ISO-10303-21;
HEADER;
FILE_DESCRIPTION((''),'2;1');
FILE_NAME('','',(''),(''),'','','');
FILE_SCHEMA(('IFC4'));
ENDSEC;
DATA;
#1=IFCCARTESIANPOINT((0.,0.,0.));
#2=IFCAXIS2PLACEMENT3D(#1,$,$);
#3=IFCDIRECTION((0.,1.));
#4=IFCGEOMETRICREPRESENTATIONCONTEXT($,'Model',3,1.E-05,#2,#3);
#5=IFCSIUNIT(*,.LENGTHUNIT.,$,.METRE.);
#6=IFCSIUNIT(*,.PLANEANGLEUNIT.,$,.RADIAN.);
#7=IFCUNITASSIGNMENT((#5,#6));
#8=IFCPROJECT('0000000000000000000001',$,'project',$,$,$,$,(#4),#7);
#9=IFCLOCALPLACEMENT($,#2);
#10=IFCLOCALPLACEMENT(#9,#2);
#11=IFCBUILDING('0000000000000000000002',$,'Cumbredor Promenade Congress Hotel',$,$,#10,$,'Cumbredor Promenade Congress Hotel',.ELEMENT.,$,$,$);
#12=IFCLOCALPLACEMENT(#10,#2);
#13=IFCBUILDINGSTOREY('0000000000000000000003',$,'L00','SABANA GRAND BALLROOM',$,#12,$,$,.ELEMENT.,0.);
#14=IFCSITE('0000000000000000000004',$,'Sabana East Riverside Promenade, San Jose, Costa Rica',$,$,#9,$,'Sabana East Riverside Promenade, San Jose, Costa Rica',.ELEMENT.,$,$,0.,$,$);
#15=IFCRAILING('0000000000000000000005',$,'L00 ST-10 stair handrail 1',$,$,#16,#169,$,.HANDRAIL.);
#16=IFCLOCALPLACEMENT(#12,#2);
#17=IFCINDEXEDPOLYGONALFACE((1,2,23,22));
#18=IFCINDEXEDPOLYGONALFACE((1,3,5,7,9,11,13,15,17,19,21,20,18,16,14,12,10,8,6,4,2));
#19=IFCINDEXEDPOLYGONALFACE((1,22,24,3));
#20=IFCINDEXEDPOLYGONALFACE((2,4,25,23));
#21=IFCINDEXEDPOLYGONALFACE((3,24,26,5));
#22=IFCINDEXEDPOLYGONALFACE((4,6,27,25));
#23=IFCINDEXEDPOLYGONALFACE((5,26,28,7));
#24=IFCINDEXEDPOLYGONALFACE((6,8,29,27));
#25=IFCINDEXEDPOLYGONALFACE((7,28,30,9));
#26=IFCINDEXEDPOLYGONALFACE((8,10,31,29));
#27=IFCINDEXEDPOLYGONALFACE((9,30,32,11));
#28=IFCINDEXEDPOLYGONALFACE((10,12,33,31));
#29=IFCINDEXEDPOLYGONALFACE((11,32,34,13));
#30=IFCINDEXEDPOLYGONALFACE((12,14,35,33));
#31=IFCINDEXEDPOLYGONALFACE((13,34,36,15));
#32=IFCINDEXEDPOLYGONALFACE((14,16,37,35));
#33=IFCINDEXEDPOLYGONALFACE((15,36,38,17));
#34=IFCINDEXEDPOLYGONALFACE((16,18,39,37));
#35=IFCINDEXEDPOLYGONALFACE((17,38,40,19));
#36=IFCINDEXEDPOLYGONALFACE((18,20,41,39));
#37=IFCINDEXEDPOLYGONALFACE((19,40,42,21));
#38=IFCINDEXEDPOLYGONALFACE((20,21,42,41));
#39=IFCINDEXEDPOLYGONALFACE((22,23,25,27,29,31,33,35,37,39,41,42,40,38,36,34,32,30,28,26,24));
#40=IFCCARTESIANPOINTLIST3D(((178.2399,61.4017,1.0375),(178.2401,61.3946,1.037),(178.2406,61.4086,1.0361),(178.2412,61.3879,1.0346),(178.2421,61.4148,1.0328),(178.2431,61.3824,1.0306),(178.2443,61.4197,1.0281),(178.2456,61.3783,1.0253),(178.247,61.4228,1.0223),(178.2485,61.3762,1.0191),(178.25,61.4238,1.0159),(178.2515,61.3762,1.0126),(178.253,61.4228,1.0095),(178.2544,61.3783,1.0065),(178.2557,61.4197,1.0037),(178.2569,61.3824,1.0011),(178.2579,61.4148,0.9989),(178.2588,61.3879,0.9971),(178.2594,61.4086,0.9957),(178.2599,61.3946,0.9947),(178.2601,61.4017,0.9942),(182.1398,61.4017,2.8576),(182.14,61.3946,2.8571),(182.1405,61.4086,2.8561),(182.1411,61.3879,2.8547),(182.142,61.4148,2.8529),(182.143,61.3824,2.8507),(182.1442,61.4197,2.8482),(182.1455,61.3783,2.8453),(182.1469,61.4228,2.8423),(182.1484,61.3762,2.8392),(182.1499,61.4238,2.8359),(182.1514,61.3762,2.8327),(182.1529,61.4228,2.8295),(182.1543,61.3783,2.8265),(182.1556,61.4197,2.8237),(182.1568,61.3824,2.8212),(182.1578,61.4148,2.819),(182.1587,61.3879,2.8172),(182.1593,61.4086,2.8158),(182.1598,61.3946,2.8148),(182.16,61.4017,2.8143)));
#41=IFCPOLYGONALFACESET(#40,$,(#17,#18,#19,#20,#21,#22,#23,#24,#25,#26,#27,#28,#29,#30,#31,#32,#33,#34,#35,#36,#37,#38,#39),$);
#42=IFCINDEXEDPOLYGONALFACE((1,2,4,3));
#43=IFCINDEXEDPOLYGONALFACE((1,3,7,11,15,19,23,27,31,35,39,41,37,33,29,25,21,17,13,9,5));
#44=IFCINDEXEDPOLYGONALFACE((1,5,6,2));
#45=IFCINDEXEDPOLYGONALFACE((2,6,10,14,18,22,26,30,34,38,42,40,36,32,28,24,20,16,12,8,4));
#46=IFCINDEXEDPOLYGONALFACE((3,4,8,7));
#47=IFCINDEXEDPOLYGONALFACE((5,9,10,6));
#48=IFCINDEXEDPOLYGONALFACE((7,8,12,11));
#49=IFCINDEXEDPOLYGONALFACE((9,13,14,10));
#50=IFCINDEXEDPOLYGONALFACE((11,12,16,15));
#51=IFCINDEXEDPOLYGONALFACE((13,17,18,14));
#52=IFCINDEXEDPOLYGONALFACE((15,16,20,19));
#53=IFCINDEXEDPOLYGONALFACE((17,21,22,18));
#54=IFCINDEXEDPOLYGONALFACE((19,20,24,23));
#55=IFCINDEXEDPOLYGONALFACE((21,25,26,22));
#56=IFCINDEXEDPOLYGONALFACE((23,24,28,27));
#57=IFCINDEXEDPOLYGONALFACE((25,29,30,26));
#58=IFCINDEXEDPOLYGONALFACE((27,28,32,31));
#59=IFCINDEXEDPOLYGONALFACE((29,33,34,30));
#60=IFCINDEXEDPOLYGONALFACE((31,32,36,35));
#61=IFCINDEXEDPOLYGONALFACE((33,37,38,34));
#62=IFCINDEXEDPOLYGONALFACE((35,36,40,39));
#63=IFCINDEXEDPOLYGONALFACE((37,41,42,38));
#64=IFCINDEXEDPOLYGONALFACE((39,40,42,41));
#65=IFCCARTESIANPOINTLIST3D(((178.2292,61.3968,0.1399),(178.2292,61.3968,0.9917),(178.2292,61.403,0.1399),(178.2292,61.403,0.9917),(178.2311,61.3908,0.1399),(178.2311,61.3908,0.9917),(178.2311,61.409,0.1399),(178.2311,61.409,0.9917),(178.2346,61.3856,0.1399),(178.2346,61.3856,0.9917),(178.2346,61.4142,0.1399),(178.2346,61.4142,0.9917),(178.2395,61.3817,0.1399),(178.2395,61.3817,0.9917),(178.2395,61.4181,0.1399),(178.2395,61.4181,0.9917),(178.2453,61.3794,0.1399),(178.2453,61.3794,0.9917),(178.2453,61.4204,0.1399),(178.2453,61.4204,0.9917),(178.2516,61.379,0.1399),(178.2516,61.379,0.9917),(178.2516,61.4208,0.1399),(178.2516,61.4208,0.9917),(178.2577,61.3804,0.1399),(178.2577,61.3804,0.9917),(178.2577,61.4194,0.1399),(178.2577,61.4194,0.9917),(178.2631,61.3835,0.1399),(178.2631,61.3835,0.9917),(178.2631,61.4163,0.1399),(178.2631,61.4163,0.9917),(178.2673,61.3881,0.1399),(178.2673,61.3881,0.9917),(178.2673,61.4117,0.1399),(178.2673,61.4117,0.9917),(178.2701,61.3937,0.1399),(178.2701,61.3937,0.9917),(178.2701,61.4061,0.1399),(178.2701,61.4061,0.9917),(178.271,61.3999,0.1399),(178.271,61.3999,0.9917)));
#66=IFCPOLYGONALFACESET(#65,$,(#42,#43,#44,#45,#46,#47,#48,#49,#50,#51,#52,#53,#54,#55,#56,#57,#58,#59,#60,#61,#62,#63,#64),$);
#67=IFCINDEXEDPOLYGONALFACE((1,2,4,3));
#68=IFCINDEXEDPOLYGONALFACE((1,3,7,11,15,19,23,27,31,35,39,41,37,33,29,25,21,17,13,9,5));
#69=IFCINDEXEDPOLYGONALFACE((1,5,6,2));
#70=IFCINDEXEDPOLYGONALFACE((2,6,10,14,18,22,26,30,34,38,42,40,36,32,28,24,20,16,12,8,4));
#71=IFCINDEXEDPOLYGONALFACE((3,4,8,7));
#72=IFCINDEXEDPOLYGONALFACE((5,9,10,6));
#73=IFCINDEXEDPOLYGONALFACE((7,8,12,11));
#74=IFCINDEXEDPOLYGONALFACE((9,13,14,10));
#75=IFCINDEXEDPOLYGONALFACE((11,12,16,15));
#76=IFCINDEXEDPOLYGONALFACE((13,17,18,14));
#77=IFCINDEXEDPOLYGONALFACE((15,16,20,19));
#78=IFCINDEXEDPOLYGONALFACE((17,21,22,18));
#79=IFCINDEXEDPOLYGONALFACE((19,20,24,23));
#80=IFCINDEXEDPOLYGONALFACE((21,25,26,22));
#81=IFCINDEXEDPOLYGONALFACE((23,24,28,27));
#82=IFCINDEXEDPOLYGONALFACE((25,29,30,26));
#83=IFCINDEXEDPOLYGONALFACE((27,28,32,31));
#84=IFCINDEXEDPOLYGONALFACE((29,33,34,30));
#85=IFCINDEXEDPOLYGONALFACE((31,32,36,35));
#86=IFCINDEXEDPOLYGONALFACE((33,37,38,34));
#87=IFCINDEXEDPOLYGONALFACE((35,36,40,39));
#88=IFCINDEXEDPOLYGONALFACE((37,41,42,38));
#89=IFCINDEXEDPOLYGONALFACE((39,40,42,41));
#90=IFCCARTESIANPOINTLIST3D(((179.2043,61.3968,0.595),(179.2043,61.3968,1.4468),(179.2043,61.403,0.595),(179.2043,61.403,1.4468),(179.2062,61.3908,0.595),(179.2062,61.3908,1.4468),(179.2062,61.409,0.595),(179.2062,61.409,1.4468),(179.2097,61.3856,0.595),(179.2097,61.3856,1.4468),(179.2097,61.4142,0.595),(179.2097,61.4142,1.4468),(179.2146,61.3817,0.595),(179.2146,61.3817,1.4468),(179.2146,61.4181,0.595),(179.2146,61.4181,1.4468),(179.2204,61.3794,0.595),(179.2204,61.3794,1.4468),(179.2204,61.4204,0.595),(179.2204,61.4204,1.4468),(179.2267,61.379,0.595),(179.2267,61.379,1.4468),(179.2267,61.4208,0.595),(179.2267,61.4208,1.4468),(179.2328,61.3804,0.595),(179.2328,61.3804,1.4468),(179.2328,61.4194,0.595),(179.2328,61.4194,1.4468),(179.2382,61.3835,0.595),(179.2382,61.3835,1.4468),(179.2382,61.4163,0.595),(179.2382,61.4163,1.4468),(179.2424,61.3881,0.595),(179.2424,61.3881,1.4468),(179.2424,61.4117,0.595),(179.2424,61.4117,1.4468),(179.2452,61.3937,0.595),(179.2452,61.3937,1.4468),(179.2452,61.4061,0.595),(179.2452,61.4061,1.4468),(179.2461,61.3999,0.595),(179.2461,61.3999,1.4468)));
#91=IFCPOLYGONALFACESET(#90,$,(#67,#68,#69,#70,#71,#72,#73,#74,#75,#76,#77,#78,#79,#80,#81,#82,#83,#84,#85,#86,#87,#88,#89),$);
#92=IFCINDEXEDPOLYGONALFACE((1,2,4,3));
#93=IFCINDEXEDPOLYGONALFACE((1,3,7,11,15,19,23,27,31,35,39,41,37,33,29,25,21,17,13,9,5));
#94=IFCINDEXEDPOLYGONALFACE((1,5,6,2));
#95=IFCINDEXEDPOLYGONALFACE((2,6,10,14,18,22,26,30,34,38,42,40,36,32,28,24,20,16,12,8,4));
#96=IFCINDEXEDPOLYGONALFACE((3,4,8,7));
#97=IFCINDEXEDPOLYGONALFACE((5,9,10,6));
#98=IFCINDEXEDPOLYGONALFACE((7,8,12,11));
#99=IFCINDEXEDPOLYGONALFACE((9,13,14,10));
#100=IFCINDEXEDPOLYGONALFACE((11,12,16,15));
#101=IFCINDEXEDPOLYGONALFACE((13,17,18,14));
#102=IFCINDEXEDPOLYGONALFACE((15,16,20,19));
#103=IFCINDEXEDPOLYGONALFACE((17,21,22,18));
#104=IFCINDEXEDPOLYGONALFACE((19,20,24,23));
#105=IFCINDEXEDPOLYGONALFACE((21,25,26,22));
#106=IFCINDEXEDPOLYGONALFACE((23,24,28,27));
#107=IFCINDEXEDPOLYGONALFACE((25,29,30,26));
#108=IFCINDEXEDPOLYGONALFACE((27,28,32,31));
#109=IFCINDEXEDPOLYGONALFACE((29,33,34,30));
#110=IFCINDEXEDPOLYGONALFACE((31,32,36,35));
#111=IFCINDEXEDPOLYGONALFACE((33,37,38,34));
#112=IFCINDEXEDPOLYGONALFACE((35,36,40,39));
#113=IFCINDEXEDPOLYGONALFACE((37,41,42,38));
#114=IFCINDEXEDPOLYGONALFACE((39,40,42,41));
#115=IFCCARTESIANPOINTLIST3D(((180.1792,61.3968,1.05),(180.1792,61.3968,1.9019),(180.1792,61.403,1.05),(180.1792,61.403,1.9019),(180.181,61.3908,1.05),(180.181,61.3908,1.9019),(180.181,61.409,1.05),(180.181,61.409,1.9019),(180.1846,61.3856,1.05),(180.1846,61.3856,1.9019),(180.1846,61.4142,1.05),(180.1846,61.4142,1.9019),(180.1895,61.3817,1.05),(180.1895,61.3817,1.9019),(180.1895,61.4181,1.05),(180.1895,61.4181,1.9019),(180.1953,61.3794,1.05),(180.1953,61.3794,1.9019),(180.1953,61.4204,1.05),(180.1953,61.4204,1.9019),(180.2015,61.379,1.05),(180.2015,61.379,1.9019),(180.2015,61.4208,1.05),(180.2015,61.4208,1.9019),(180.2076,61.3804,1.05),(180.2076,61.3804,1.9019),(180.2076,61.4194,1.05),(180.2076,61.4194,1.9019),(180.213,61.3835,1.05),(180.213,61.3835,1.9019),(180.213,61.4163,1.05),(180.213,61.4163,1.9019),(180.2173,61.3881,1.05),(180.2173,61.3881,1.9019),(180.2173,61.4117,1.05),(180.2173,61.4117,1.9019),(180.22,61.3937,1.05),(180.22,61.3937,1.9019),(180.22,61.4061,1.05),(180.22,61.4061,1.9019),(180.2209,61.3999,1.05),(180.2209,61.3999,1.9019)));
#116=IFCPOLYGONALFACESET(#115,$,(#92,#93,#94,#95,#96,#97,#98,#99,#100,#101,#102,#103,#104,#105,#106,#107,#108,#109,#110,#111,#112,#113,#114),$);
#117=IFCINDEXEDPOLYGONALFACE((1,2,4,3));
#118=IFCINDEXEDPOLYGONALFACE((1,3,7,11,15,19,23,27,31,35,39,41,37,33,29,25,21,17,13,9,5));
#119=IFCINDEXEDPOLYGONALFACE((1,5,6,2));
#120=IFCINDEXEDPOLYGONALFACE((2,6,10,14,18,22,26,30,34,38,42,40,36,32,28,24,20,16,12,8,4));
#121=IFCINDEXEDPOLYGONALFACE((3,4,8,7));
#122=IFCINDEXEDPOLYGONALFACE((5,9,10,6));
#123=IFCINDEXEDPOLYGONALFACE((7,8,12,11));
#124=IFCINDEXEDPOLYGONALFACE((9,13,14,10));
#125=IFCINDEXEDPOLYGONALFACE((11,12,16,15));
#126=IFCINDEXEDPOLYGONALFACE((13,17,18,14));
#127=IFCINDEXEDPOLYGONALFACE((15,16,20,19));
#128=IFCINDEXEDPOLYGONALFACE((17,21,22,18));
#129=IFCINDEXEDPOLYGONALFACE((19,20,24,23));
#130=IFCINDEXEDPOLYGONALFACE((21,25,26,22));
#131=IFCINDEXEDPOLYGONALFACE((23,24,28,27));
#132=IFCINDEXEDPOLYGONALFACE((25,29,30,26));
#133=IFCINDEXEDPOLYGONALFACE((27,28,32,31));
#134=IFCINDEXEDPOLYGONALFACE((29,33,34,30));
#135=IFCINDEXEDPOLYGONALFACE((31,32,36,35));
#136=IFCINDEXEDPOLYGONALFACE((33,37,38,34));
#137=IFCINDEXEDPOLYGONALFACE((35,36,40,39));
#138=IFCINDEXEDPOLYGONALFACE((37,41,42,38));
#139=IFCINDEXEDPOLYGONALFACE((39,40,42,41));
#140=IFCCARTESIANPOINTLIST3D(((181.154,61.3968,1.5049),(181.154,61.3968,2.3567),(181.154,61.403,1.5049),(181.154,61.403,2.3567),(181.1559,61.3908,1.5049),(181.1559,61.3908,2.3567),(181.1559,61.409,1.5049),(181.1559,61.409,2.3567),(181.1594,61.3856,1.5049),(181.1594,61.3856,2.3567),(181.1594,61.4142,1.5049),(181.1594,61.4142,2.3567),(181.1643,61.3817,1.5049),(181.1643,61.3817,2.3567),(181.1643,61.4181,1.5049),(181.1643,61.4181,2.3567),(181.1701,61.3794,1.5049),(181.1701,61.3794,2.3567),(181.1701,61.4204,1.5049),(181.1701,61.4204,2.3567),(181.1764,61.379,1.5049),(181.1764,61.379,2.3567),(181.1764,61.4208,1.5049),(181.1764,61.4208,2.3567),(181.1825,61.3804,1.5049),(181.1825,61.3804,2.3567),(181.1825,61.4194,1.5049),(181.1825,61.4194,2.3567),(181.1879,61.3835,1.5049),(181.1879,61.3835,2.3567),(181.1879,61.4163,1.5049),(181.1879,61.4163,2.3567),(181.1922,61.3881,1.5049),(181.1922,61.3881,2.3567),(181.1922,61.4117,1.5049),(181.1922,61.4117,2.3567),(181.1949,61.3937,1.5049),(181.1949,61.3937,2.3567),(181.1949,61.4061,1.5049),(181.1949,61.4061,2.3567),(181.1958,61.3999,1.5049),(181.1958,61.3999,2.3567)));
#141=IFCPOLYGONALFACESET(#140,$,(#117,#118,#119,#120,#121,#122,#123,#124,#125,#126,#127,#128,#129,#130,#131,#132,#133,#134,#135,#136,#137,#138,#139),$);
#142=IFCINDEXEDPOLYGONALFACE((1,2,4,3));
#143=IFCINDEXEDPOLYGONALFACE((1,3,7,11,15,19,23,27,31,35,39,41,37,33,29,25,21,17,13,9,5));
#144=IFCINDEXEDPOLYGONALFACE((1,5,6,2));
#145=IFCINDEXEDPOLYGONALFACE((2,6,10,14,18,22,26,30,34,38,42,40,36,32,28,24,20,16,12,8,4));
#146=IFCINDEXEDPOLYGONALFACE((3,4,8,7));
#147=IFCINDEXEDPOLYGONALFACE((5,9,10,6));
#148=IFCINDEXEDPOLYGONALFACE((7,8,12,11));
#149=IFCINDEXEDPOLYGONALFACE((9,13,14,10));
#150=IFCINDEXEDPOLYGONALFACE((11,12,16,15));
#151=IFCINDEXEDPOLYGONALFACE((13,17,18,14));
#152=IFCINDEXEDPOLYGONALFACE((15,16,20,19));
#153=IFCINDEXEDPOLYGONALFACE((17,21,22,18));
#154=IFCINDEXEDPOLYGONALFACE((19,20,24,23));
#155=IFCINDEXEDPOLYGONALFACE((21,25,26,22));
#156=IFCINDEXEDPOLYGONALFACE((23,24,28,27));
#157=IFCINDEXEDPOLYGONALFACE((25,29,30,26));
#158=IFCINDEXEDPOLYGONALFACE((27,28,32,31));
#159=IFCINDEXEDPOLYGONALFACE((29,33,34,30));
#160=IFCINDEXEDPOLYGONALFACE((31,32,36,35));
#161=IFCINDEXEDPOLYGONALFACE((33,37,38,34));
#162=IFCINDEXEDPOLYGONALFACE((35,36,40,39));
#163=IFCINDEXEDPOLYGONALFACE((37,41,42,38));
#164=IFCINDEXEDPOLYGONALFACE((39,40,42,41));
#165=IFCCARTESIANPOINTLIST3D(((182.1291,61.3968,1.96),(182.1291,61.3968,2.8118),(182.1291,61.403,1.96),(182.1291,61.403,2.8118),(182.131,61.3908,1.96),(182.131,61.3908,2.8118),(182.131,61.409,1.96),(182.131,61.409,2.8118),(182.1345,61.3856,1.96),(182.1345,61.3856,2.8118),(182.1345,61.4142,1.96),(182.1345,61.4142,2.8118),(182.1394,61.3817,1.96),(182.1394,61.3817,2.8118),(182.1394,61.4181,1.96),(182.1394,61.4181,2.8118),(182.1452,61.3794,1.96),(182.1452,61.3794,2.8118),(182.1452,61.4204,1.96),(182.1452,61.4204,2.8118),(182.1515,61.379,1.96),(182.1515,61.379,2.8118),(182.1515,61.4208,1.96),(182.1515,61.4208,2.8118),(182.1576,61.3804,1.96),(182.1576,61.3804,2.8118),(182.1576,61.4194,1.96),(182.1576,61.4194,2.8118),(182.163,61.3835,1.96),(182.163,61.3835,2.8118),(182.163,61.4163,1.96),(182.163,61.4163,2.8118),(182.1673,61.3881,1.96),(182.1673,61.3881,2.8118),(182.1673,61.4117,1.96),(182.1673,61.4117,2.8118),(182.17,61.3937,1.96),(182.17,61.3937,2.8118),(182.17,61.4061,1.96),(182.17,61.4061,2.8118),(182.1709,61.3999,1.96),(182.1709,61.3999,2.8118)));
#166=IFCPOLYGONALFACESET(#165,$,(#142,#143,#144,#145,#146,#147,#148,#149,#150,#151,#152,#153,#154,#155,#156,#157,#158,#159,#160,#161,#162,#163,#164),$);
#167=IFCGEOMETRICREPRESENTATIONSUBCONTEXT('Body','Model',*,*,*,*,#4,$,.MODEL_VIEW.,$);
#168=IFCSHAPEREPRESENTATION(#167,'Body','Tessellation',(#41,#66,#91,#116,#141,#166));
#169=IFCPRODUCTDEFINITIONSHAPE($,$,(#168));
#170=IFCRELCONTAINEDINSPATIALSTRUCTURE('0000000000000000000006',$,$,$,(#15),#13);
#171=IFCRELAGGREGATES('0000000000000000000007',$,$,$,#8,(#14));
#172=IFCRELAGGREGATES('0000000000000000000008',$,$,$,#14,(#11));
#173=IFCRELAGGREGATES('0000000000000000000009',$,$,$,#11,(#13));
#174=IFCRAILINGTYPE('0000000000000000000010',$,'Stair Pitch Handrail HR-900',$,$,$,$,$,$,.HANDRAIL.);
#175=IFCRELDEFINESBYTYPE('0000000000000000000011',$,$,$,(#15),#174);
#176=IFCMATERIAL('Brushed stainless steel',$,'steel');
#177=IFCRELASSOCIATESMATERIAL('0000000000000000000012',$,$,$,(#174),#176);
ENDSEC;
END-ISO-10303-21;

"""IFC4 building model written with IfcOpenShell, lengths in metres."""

from ifc_helpers import new_model, si_unit, direction, frame, origin, origin_2d, place, context, subcontext, project, spatial, circle, extrude, material, type_object, element, save


model = new_model("IFC4")

# Units and contexts
model_context = context("Model", 3, precision=1e-05, world=origin(), true_north=direction((0.0, 1.0)))
body_context = subcontext(model_context, "Body", "Model", "MODEL_VIEW")
ifc_project = project(units=[si_unit("LENGTHUNIT", "METRE"), si_unit("PLANEANGLEUNIT", "RADIAN")], contexts=[model_context])

# Site, building, storey
site_placement = place(None, origin())
site = spatial("IfcSite", under=ifc_project, at=site_placement, Name="Sabana East Riverside Promenade, San Jose, Costa Rica", LongName="Sabana East Riverside Promenade, San Jose, Costa Rica", CompositionType="ELEMENT", RefElevation=0.0)
building_placement = place(site_placement, origin())
building = spatial("IfcBuilding", under=site, at=building_placement, Name="Cumbredor Promenade Congress Hotel", LongName="Cumbredor Promenade Congress Hotel", CompositionType="ELEMENT")
storey_placement = place(building_placement, origin())
storey = spatial("IfcBuildingStorey", under=building, at=storey_placement, Name="L00", Description="SABANA GRAND BALLROOM", CompositionType="ELEMENT", Elevation=0.0)

# Railing
ifc_material_1 = material(Name="Brushed stainless steel", Category="steel")
railing_type_1 = type_object("IfcRailingType", Name="Stair Pitch Handrail HR-900", PredefinedType="HANDRAIL", material=ifc_material_1)
railing_1_placement = place(storey_placement, frame((178.25, 61.3999, 0.1399)))
element("IfcRailing", 1, at=railing_1_placement, inside=storey, type_object=railing_type_1, Name="L00 ST-10 stair handrail 1", PredefinedType="HANDRAIL", context=body_context, shape_type="SweptSolid", body=[
    extrude(circle(Radius=0.0239, at=origin_2d()), frame((0.0, 0.0, 0.876), z_axis=(0.906173, 0.0, 0.422907), x_axis=(0.0, 1.0, 0.0)), (0.0, 0.0, 1.0), 4.3037),
    extrude(circle(Radius=0.021, at=origin_2d()), origin(), (0.0, 0.0, 1.0), 0.8518),
    extrude(circle(Radius=0.021, at=origin_2d()), frame((0.9751, 0.0, 0.4551)), (0.0, 0.0, 1.0), 0.8518),
    extrude(circle(Radius=0.021, at=origin_2d()), frame((1.95, 0.0, 0.9102)), (0.0, 0.0, 1.0), 0.8518),
    extrude(circle(Radius=0.021, at=origin_2d()), frame((2.9248, 0.0, 1.365)), (0.0, 0.0, 1.0), 0.8518),
    extrude(circle(Radius=0.021, at=origin_2d()), frame((3.8999, 0.0, 1.8201)), (0.0, 0.0, 1.0), 0.8518),
])

save(model, "model.ifc")
